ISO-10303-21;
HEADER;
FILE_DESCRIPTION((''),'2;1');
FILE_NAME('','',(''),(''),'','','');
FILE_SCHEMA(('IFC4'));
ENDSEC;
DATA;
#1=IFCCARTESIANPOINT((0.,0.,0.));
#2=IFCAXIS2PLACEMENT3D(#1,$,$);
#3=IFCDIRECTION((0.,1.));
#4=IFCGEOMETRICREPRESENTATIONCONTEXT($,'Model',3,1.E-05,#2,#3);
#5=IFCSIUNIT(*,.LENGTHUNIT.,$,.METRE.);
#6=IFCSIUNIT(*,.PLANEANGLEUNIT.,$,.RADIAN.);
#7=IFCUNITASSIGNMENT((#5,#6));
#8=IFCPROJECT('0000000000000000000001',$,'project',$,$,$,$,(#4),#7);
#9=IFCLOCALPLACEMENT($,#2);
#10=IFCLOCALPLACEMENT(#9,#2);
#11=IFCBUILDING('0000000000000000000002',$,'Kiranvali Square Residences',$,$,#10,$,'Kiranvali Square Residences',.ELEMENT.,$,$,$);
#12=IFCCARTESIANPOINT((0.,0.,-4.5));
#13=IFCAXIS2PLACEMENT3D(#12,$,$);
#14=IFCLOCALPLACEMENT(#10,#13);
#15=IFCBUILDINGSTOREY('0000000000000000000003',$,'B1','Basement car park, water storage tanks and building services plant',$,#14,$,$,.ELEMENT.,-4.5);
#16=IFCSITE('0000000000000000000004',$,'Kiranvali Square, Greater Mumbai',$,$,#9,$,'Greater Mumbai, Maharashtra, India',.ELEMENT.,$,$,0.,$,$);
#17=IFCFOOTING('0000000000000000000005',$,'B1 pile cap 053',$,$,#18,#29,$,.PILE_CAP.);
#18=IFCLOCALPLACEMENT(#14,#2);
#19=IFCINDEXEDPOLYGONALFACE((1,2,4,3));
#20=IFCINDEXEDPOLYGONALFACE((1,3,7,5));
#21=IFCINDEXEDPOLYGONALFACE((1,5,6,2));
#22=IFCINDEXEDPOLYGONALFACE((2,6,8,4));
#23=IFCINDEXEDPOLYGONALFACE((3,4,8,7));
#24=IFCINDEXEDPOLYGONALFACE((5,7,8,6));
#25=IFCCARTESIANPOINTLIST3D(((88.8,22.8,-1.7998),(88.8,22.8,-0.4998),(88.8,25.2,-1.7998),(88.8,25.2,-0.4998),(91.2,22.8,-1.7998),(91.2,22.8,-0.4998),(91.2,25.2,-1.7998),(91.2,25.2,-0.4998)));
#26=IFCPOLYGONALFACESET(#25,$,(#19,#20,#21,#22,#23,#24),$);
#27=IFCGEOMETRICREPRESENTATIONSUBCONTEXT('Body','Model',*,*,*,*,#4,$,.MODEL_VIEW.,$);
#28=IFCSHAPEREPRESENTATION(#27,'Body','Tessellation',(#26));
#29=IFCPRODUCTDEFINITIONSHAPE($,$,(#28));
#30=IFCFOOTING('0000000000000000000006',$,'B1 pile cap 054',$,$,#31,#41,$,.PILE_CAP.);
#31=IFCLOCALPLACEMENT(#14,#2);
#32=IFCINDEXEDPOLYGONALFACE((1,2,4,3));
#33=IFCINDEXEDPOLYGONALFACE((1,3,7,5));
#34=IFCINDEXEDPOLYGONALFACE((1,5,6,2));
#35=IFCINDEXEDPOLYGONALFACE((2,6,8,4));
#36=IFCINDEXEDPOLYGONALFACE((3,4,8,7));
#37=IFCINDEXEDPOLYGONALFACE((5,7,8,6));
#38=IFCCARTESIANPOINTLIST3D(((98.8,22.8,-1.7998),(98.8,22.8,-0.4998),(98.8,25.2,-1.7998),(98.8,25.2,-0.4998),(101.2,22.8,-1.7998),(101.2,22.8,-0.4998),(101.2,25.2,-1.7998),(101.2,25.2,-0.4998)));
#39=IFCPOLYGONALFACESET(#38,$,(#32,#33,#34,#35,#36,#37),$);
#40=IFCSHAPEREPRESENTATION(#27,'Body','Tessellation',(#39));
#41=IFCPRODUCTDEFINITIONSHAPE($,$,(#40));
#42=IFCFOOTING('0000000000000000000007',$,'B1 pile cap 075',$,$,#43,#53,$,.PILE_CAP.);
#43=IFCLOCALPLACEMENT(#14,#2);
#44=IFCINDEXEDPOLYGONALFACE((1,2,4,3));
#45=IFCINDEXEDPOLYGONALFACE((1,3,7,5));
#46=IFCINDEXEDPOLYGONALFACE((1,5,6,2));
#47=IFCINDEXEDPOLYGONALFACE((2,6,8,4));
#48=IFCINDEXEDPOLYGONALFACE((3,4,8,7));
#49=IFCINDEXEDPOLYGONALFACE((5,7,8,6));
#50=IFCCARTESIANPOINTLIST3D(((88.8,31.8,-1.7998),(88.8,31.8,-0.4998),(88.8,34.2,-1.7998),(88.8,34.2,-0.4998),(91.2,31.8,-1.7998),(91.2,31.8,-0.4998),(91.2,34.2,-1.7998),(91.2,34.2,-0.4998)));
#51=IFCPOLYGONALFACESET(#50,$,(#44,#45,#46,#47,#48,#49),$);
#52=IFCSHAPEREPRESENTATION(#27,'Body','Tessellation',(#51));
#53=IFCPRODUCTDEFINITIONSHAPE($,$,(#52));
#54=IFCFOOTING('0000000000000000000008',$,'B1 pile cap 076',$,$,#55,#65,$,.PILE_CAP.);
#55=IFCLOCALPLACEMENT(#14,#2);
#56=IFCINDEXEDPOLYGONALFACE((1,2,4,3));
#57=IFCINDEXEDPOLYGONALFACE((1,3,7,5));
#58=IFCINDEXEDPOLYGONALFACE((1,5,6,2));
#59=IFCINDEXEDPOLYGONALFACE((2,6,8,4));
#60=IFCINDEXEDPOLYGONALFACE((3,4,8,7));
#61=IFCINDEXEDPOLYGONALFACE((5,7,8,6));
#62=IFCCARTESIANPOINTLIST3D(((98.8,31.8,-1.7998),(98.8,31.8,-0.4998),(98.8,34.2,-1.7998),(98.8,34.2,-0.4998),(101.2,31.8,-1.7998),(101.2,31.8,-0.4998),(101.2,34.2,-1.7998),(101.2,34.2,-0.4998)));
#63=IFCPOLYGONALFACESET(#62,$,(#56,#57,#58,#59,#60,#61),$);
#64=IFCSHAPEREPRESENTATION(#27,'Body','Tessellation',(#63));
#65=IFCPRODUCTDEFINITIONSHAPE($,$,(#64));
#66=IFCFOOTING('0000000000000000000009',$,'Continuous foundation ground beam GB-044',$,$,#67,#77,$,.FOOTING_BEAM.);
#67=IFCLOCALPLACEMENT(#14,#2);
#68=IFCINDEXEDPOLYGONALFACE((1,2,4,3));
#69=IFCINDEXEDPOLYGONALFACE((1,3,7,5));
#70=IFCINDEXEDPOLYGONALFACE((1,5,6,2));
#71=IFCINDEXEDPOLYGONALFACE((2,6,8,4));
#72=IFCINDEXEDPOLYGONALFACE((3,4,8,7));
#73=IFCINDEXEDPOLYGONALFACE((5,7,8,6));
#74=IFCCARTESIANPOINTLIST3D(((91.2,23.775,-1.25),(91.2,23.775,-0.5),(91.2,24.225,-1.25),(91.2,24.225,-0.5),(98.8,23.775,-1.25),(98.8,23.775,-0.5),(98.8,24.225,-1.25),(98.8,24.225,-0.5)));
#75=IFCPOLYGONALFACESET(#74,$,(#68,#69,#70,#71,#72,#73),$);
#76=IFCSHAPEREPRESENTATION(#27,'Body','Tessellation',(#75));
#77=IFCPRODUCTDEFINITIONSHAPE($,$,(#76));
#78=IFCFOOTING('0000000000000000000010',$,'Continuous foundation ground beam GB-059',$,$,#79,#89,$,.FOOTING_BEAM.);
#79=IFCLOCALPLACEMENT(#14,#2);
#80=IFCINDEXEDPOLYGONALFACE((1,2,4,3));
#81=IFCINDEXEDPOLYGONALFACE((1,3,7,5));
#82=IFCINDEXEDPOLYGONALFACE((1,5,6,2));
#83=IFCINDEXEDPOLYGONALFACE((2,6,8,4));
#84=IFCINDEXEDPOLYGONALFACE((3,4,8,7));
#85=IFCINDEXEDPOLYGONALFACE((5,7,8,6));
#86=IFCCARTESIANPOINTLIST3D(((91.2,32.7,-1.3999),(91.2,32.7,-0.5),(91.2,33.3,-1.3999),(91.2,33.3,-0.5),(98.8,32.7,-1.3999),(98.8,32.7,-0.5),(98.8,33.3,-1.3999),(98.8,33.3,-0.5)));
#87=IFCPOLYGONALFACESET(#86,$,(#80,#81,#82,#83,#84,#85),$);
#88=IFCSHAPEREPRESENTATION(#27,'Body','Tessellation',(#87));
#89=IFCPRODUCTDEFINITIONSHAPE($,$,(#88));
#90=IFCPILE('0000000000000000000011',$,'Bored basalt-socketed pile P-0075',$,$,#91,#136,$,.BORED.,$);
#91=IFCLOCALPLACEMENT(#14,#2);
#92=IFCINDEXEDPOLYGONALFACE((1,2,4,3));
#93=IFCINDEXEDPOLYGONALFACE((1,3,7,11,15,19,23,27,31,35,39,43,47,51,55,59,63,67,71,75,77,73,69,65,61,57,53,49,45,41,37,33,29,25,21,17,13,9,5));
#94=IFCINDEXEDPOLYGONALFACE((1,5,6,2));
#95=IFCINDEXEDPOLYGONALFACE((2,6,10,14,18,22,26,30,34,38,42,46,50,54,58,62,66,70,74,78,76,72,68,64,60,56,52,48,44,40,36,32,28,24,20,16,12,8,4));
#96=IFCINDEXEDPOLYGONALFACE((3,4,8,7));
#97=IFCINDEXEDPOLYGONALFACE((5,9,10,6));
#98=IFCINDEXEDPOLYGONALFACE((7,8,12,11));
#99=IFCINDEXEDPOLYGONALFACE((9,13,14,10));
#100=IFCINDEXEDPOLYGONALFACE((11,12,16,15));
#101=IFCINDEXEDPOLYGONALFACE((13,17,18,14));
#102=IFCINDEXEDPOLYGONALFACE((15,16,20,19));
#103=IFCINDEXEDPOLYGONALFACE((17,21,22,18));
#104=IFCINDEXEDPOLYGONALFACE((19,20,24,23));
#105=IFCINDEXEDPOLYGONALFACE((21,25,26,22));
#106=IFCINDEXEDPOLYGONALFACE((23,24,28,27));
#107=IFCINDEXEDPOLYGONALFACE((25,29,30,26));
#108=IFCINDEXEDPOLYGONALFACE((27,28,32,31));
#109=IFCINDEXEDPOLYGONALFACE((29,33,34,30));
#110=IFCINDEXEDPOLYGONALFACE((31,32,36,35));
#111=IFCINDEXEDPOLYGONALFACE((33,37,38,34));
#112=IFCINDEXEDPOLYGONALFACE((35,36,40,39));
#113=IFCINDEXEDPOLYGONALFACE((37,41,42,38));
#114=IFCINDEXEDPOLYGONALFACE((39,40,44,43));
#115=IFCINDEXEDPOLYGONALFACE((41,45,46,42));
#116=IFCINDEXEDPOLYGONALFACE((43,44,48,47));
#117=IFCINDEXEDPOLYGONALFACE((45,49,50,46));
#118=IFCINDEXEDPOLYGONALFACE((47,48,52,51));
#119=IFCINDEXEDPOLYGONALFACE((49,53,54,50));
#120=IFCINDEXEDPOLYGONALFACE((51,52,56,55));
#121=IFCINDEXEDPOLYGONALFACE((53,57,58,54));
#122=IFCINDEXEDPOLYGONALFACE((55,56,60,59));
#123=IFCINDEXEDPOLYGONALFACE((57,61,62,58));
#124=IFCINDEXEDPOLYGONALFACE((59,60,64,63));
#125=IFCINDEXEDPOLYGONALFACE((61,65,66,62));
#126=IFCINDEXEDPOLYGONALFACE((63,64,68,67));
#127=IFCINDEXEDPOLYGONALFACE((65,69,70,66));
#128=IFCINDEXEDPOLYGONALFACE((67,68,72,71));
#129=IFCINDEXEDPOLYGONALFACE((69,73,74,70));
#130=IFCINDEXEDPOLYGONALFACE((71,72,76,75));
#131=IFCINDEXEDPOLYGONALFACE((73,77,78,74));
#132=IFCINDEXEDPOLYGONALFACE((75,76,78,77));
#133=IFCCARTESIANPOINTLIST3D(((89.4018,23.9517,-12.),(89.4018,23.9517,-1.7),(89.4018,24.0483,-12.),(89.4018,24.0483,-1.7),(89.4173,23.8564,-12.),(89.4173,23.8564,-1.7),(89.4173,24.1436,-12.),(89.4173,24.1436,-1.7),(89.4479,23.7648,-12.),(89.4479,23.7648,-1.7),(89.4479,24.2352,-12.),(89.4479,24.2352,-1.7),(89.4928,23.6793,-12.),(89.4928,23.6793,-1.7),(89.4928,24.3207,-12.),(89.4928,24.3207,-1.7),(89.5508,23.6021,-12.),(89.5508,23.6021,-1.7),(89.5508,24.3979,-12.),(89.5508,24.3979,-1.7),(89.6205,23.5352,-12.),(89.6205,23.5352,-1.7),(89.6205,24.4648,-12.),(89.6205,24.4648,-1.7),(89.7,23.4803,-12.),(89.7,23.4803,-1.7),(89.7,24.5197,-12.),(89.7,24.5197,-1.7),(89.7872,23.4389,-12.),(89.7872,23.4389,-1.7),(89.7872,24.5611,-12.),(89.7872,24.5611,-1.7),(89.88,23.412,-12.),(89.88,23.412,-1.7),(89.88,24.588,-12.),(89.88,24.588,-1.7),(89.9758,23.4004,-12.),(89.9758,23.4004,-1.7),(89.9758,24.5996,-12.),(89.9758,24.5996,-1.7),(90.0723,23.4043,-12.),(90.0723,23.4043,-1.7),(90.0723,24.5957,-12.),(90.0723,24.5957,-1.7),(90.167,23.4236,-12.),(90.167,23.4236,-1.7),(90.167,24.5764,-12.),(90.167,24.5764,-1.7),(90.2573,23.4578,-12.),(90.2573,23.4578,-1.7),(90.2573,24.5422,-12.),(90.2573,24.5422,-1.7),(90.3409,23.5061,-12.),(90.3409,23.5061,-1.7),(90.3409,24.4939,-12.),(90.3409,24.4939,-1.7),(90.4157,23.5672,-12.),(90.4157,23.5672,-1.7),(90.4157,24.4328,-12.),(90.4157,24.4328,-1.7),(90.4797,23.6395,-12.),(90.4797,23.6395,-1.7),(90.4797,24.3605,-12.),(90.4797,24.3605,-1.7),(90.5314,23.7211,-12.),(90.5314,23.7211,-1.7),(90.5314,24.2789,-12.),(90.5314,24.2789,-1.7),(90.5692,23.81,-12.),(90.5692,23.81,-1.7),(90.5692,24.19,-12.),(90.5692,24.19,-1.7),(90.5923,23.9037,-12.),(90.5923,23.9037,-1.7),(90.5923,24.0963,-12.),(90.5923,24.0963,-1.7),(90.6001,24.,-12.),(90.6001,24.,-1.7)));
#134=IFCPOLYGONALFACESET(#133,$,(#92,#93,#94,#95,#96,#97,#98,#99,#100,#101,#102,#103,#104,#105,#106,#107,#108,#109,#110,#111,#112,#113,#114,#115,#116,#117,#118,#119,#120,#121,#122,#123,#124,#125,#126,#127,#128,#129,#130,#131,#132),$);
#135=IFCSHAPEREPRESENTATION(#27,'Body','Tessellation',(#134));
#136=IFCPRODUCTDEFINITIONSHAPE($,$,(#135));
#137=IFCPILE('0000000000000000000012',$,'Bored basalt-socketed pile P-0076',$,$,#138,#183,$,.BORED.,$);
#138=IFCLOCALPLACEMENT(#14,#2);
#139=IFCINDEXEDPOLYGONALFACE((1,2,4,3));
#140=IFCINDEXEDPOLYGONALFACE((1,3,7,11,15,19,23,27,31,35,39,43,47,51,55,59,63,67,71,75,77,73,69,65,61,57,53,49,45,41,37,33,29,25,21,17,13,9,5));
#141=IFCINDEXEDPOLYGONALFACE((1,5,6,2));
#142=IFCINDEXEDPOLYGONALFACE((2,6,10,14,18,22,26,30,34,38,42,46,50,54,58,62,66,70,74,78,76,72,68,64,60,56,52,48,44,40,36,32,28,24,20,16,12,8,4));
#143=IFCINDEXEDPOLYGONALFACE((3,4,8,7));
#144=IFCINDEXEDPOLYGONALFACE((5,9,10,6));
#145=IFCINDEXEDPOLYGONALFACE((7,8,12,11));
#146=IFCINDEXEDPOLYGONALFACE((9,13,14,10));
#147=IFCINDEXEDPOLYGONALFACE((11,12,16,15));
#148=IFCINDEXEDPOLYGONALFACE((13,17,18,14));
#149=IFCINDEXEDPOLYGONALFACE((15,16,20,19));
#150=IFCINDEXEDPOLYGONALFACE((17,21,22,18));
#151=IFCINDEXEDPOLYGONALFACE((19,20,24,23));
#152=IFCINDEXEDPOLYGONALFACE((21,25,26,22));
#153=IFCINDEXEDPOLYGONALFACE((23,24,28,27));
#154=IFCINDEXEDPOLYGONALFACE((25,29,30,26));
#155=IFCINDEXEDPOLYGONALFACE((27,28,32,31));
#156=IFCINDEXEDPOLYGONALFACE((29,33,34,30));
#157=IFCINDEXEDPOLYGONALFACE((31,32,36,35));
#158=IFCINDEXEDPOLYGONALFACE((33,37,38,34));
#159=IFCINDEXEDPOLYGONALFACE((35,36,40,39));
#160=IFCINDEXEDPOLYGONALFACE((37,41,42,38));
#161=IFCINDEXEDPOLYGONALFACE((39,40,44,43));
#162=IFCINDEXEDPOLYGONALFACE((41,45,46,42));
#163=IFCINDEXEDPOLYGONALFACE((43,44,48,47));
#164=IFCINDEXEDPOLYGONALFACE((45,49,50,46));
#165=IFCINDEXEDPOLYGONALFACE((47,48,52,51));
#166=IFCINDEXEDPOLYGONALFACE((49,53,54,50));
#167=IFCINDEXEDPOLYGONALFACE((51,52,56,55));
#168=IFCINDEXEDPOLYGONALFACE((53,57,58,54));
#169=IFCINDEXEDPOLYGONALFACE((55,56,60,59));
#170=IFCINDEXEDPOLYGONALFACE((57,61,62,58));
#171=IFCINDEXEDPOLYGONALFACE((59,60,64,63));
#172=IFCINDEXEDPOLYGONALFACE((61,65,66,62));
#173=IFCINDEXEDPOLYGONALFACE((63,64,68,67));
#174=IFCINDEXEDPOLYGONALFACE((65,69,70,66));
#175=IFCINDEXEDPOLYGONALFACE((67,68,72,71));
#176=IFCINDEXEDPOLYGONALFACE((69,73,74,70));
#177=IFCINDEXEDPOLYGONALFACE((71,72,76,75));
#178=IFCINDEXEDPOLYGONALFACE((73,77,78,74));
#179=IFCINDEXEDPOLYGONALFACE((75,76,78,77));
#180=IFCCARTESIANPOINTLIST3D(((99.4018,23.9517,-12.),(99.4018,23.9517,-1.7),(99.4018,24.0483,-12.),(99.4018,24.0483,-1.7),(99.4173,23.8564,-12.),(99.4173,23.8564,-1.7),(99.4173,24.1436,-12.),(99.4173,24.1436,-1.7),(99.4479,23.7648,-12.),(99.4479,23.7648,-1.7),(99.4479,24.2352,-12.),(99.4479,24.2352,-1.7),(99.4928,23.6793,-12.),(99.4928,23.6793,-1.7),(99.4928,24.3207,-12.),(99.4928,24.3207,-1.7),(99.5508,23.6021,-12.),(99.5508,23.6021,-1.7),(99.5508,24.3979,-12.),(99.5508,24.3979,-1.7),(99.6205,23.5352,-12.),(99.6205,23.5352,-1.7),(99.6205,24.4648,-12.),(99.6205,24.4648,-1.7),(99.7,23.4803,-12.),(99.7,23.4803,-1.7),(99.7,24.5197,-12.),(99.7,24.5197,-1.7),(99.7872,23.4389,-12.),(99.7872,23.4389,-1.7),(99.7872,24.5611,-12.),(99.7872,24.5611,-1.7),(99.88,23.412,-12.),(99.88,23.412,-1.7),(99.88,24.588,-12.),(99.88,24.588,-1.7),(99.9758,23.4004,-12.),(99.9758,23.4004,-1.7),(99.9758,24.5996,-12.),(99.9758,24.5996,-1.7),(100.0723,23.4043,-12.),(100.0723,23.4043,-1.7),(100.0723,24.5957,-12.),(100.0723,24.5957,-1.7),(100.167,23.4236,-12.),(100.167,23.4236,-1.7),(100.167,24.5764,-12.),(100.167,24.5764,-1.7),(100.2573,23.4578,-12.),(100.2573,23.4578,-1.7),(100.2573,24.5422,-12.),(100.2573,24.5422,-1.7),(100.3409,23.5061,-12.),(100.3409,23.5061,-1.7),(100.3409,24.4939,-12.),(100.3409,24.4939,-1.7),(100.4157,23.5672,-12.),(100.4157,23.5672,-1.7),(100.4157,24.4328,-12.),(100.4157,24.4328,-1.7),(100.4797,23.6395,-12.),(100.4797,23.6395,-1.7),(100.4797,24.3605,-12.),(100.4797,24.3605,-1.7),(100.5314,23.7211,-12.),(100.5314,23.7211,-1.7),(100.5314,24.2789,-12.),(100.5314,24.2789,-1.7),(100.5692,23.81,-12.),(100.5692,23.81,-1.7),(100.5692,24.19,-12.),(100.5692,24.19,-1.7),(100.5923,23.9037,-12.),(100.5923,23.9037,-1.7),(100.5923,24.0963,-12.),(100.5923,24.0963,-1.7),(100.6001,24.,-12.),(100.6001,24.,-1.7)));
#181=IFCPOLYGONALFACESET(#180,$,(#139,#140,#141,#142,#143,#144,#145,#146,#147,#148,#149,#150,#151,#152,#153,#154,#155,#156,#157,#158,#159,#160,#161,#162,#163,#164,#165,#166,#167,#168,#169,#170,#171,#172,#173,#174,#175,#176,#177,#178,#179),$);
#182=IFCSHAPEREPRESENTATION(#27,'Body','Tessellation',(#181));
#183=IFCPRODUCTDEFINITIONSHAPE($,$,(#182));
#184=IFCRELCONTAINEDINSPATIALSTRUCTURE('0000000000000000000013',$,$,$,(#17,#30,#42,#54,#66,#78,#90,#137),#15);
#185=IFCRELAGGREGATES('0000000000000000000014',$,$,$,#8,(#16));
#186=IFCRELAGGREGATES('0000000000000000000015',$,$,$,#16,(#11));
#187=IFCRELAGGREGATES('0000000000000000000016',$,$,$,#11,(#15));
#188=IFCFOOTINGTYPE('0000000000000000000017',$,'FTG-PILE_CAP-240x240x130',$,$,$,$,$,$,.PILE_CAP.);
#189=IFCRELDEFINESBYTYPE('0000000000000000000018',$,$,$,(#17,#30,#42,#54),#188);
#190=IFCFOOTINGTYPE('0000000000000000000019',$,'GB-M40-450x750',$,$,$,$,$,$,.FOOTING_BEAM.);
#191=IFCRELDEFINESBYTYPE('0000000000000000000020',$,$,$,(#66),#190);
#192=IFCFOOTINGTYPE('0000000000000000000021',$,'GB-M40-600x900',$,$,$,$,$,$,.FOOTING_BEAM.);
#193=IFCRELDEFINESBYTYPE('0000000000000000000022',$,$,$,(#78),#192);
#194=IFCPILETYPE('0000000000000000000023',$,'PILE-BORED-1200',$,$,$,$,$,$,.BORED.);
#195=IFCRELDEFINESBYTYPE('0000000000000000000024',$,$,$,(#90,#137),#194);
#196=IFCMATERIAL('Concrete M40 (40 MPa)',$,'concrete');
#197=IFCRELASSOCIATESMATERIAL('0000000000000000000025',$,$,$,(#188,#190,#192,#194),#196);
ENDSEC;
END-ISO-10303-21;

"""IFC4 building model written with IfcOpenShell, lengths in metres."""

from ifc_helpers import new_model, si_unit, direction, frame, origin, origin_2d, place, context, subcontext, project, spatial, rectangle, circle, extrude, material, material_profile, profile_set, type_object, element, save


model = new_model("IFC4")

# Units and contexts
model_context = context("Model", 3, precision=1e-05, world=origin(), true_north=direction((0.0, 1.0)))
body_context = subcontext(model_context, "Body", "Model", "MODEL_VIEW")
ifc_project = project(units=[si_unit("LENGTHUNIT", "METRE"), si_unit("PLANEANGLEUNIT", "RADIAN")], contexts=[model_context])

# Site, building, storey
site_placement = place(None, origin())
site = spatial("IfcSite", under=ifc_project, at=site_placement, Name="Kiranvali Square, Greater Mumbai", LongName="Greater Mumbai, Maharashtra, India", CompositionType="ELEMENT", RefElevation=0.0)
building_placement = place(site_placement, origin())
building = spatial("IfcBuilding", under=site, at=building_placement, Name="Kiranvali Square Residences", LongName="Kiranvali Square Residences", CompositionType="ELEMENT")
storey_placement = place(building_placement, frame((0.0, 0.0, -4.5)))
storey = spatial("IfcBuildingStorey", under=building, at=storey_placement, Name="B1", Description="Basement car park, water storage tanks and building services plant", CompositionType="ELEMENT", Elevation=-4.5)

# Footings
ifc_material_1 = material(Name="Concrete M40 (40 MPa)", Category="concrete")
footing_type_1 = type_object("IfcFootingType", Name="FTG-PILE_CAP-240x240x130", PredefinedType="PILE_CAP", material=ifc_material_1)
for number, where, z_axis, x_axis, name in (
    (1, (90.0, 24.0, -1.7998), (0.0, 0.0, 1.0), (1.0, 0.0, 0.0), "B1 pile cap 053"),
    (2, (100.0, 24.0, -1.7998), (0.0, 0.0, 1.0), (1.0, 0.0, 0.0), "B1 pile cap 054"),
    (3, (90.0, 33.0, -1.7998), (0.0, 0.0, 1.0), (1.0, 0.0, 0.0), "B1 pile cap 075"),
    (4, (100.0, 33.0, -1.7998), (0.0, 0.0, 1.0), (1.0, 0.0, 0.0), "B1 pile cap 076"),
):
    element("IfcFooting", number, at=place(storey_placement, frame(where, z_axis=z_axis, x_axis=x_axis)), inside=storey, type_object=footing_type_1, Name=name, PredefinedType="PILE_CAP", context=body_context, shape_type="SweptSolid", body=[
        extrude(rectangle(XDim=2.3999, YDim=2.3999, at=origin_2d()), origin(), (0.0, 0.0, 1.0), 1.3),
    ])
ifc_material_profile_1 = material_profile(ifc_material_1, rectangle(XDim=0.45, YDim=0.75, at=origin_2d()), Name="GB 450x750")
ifc_profile_set_1 = profile_set([ifc_material_profile_1], Name="Concrete M40 (40 MPa)")
footing_type_2 = type_object("IfcFootingType", Name="GB-M40-450x750", PredefinedType="FOOTING_BEAM", material=ifc_profile_set_1)
footing_1_placement = place(storey_placement, frame((91.2, 24.0, -0.875), z_axis=(1.0, 0.0, 0.0), x_axis=(0.0, 1.0, 0.0)))
element("IfcFooting", 5, at=footing_1_placement, inside=storey, type_object=footing_type_2, Name="Continuous foundation ground beam GB-044", PredefinedType="FOOTING_BEAM", context=body_context, shape_type="SweptSolid", body=[
    extrude(rectangle(XDim=0.45, YDim=0.75, at=origin_2d()), origin(), (0.0, 0.0, 1.0), 7.6001),
])
ifc_material_profile_2 = material_profile(ifc_material_1, rectangle(XDim=0.6001, YDim=0.8999, at=origin_2d()), Name="GB 600x900")
ifc_profile_set_2 = profile_set([ifc_material_profile_2], Name="Concrete M40 (40 MPa)")
footing_type_3 = type_object("IfcFootingType", Name="GB-M40-600x900", PredefinedType="FOOTING_BEAM", material=ifc_profile_set_2)
footing_2_placement = place(storey_placement, frame((91.2, 33.0, -0.95), z_axis=(1.0, 0.0, 0.0), x_axis=(0.0, 1.0, 0.0)))
element("IfcFooting", 6, at=footing_2_placement, inside=storey, type_object=footing_type_3, Name="Continuous foundation ground beam GB-059", PredefinedType="FOOTING_BEAM", context=body_context, shape_type="SweptSolid", body=[
    extrude(rectangle(XDim=0.6001, YDim=0.8999, at=origin_2d()), origin(), (0.0, 0.0, 1.0), 7.6001),
])

# Piles
ifc_material_profile_3 = material_profile(ifc_material_1, circle(Radius=0.6001, at=origin_2d()), Name="BORED PILE 1200")
ifc_profile_set_3 = profile_set([ifc_material_profile_3], Name="Concrete M40 (40 MPa)")
pile_type_1 = type_object("IfcPileType", Name="PILE-BORED-1200", PredefinedType="BORED", material=ifc_profile_set_3)
for number, where, z_axis, x_axis, name in (
    (7, (90.0, 24.0, -1.7), (0.0, 0.0, -1.0), (1.0, 0.0, 0.0), "Bored basalt-socketed pile P-0075"),
    (8, (100.0, 24.0, -1.7), (0.0, 0.0, -1.0), (1.0, 0.0, 0.0), "Bored basalt-socketed pile P-0076"),
):
    element("IfcPile", number, at=place(storey_placement, frame(where, z_axis=z_axis, x_axis=x_axis)), inside=storey, type_object=pile_type_1, Name=name, PredefinedType="BORED", context=body_context, shape_type="SweptSolid", body=[
        extrude(circle(Radius=0.6001, at=origin_2d()), origin(), (0.0, 0.0, 1.0), 10.3),
    ])

save(model, "model.ifc")
